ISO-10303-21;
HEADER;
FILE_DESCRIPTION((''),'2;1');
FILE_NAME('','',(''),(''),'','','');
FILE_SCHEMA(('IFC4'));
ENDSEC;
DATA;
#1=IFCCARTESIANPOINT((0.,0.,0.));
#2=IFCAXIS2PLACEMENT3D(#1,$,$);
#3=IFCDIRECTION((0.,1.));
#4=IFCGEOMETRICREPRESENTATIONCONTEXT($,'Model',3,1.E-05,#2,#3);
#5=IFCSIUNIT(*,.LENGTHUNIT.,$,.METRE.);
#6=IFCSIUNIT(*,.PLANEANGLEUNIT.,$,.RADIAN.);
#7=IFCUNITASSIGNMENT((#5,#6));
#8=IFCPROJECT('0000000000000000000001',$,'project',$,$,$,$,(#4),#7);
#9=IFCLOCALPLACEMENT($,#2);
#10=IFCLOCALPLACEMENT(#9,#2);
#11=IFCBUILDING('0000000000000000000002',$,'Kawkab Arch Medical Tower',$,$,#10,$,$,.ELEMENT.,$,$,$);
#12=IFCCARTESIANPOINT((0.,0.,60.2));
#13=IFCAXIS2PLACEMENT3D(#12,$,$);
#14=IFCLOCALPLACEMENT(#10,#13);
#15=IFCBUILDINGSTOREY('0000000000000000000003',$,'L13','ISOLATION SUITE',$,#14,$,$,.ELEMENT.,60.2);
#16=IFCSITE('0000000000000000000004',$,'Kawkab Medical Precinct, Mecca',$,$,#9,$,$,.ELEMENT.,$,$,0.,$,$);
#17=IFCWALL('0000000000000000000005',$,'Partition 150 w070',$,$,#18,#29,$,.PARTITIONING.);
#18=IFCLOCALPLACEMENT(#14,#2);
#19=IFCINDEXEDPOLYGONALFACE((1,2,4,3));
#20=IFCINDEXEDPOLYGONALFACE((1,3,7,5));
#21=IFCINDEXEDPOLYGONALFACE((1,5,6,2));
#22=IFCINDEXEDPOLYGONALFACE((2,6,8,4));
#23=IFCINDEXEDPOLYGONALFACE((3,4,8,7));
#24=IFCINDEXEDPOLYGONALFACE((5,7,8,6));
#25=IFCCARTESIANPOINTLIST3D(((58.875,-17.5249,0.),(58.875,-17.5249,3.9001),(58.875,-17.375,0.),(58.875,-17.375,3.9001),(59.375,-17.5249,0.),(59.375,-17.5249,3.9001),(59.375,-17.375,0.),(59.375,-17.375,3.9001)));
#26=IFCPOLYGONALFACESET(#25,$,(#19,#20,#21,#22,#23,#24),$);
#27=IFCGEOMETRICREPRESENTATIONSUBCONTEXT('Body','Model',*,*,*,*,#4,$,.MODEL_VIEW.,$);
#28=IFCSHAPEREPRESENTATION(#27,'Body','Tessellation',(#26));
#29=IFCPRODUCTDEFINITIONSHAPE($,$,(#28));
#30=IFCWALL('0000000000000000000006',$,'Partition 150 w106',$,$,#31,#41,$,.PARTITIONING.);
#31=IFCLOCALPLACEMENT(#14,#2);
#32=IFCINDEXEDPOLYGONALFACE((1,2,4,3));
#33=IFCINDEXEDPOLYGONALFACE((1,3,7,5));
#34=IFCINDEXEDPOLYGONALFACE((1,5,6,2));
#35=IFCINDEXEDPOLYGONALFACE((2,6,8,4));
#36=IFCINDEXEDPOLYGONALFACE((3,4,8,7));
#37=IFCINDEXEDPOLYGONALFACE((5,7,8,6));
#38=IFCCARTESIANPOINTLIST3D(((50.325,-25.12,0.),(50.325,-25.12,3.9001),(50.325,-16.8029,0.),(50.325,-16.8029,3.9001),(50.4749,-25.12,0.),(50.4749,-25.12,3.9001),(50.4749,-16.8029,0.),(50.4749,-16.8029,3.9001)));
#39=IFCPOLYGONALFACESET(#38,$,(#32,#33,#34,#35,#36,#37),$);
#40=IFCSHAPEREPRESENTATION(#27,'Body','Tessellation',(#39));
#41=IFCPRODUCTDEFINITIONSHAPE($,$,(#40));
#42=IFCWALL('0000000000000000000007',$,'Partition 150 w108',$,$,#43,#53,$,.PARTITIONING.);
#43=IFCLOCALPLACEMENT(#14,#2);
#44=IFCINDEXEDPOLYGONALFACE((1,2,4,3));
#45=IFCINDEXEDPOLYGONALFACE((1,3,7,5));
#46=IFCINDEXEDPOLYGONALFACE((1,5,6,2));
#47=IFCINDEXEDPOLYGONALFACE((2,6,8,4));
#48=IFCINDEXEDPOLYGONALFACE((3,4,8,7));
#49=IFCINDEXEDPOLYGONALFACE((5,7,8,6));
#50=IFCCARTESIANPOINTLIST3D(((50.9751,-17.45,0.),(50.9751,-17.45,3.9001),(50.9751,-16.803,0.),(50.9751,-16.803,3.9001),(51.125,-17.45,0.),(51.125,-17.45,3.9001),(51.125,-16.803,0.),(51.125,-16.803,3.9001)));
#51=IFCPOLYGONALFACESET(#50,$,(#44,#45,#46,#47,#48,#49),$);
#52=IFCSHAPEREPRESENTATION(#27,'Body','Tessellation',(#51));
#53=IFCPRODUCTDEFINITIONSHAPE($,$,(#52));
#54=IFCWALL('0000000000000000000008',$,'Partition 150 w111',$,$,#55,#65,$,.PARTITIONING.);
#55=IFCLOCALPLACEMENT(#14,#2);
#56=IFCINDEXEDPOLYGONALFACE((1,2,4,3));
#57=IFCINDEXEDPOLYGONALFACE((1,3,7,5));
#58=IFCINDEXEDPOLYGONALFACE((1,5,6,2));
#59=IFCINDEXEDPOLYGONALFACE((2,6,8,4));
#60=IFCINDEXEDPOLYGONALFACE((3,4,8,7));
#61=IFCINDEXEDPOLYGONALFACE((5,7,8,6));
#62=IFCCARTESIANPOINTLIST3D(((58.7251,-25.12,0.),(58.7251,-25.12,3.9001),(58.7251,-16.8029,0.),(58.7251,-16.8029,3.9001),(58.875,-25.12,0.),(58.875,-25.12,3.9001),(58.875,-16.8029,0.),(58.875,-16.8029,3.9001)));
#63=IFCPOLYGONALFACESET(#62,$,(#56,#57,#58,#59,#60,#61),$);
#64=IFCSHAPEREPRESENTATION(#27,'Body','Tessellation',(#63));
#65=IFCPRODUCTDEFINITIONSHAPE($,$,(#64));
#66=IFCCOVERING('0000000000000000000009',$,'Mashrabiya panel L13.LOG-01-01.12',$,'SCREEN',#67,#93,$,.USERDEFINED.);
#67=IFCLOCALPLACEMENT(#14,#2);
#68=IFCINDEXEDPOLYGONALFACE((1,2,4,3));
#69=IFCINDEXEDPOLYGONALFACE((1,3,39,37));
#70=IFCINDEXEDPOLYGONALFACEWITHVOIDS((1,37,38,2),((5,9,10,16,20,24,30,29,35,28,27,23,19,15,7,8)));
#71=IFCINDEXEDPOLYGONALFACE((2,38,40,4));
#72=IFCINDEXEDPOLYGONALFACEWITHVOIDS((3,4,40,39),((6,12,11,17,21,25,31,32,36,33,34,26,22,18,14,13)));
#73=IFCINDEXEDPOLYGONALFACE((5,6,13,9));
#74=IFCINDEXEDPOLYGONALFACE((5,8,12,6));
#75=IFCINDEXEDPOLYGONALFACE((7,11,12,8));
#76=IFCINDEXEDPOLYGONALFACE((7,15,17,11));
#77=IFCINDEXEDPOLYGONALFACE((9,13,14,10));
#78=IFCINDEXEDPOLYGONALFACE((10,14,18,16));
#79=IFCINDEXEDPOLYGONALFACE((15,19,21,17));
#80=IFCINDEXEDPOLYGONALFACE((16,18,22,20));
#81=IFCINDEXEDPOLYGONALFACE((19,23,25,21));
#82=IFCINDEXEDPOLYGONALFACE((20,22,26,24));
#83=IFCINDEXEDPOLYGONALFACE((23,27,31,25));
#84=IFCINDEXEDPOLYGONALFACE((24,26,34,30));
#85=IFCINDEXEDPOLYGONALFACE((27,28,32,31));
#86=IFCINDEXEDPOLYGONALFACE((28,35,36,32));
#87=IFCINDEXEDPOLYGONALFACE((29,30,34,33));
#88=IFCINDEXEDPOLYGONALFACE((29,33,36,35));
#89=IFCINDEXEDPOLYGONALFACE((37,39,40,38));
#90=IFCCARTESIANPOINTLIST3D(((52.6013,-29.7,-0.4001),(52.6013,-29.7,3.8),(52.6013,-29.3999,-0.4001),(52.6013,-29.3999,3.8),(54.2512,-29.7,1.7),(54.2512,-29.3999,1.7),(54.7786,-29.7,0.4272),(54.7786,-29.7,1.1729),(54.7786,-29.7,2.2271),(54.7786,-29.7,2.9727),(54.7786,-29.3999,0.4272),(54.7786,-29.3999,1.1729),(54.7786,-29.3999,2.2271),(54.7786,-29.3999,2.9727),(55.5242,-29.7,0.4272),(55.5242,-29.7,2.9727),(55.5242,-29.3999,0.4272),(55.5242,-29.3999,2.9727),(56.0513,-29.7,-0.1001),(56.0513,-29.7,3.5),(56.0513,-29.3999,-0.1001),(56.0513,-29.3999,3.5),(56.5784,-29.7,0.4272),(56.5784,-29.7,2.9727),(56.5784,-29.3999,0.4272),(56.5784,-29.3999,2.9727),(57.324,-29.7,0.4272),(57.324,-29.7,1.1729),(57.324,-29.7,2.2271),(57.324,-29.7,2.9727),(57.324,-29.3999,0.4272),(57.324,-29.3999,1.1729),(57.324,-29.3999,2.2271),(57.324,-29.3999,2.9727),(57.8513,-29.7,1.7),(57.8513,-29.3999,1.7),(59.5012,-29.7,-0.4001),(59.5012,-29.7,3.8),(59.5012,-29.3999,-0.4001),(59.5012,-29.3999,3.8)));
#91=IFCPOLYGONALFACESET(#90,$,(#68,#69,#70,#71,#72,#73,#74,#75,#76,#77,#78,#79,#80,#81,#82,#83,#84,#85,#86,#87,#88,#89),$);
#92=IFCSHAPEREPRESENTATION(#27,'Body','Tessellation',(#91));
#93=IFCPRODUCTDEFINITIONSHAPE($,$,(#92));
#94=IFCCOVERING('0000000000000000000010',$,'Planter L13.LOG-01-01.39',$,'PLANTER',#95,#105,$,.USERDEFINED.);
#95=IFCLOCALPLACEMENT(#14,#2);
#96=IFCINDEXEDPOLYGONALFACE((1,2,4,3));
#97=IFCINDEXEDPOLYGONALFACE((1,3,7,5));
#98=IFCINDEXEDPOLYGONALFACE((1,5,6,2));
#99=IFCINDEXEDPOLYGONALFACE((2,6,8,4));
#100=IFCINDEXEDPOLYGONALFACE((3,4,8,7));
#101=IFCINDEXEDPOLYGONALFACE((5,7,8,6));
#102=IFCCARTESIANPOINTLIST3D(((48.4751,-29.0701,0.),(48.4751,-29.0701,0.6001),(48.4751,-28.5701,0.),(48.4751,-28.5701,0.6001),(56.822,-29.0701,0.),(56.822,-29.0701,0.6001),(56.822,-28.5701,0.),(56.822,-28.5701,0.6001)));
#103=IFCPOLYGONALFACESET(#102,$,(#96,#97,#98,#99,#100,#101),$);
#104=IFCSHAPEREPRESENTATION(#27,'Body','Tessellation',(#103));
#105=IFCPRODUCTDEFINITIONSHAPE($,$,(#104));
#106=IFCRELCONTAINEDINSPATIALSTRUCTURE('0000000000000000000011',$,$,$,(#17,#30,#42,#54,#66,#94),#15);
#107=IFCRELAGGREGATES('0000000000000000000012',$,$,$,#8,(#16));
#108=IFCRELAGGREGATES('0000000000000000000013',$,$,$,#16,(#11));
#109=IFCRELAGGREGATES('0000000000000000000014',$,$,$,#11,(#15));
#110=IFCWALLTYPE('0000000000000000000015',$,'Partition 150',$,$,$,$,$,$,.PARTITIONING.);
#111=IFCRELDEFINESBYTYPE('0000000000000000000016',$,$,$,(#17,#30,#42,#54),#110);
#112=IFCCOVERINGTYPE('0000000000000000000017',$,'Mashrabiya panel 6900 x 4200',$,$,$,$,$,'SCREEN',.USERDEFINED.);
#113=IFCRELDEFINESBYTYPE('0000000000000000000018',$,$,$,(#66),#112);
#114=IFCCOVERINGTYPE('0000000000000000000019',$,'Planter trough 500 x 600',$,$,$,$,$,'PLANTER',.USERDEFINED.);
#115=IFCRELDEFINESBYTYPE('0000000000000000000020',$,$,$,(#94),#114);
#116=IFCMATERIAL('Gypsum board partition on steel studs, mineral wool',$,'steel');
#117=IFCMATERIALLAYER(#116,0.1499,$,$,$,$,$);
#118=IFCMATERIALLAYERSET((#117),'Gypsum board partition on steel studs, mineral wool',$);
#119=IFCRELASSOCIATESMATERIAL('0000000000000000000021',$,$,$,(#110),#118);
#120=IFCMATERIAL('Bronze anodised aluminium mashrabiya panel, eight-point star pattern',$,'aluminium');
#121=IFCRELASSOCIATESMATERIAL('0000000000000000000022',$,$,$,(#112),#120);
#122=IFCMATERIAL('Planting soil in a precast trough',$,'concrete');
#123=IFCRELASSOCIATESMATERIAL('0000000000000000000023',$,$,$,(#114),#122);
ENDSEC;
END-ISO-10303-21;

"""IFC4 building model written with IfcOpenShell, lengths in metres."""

from ifc_helpers import new_model, si_unit, direction, frame, frame_2d, origin, origin_2d, place, context, subcontext, project, spatial, polyline, rectangle, outline, extrude, material, layer, layer_set, material_profile, profile_set, type_object, element, save


model = new_model("IFC4")

# Units and contexts
model_context = context("Model", 3, precision=1e-05, world=origin(), true_north=direction((0.0, 1.0)))
body_context = subcontext(model_context, "Body", "Model", "MODEL_VIEW")
ifc_project = project(units=[si_unit("LENGTHUNIT", "METRE"), si_unit("PLANEANGLEUNIT", "RADIAN")], contexts=[model_context])

# Site, building, storey
site_placement = place(None, origin())
site = spatial("IfcSite", under=ifc_project, at=site_placement, Name="Kawkab Medical Precinct, Mecca", CompositionType="ELEMENT", RefElevation=0.0)
building_placement = place(site_placement, origin())
building = spatial("IfcBuilding", under=site, at=building_placement, Name="Kawkab Arch Medical Tower", CompositionType="ELEMENT")
storey_placement = place(building_placement, frame((0.0, 0.0, 60.2)))
storey = spatial("IfcBuildingStorey", under=building, at=storey_placement, Name="L13", Description="ISOLATION SUITE", CompositionType="ELEMENT", Elevation=60.2)

# Walls
ifc_material_1 = material(Name="Gypsum board partition on steel studs, mineral wool", Category="steel")
ifc_layer_1 = layer(ifc_material_1, 0.1499)
ifc_layer_set_1 = layer_set([ifc_layer_1], Name="Gypsum board partition on steel studs, mineral wool")
wall_type_1 = type_object("IfcWallType", Name="Partition 150", PredefinedType="PARTITIONING", material=ifc_layer_set_1)
for number, where, z_axis, x_axis, name in (
    (1, (58.875, -17.45, 0.0), (0.0, 0.0, 1.0), (1.0, 0.0, 0.0), "Partition 150 w070"),
):
    element("IfcWall", number, at=place(storey_placement, frame(where, z_axis=z_axis, x_axis=x_axis)), inside=storey, type_object=wall_type_1, Name=name, PredefinedType="PARTITIONING", context=body_context, shape_type="SweptSolid", body=[
        extrude(rectangle(XDim=0.5, YDim=0.1499, at=frame_2d((0.25, 0.0))), origin(), (0.0, 0.0, 1.0), 3.9001),
    ])
wall_1_placement = place(storey_placement, frame((50.3999, -25.1201, 0.0), z_axis=(0.0, 0.0, 1.0), x_axis=(0.0, 1.0, 0.0)))
element("IfcWall", 2, at=wall_1_placement, inside=storey, type_object=wall_type_1, Name="Partition 150 w106", PredefinedType="PARTITIONING", context=body_context, shape_type="SweptSolid", body=[
    extrude(rectangle(XDim=8.3171, YDim=0.1499, at=frame_2d((4.1587, 0.0))), origin(), (0.0, 0.0, 1.0), 3.9001),
])
wall_2_placement = place(storey_placement, frame((51.05, -17.45, 0.0), z_axis=(0.0, 0.0, 1.0), x_axis=(0.0, 1.0, 0.0)))
element("IfcWall", 3, at=wall_2_placement, inside=storey, type_object=wall_type_1, Name="Partition 150 w108", PredefinedType="PARTITIONING", context=body_context, shape_type="SweptSolid", body=[
    extrude(rectangle(XDim=0.647, YDim=0.1499, at=frame_2d((0.3235, 0.0))), origin(), (0.0, 0.0, 1.0), 3.9001),
])
wall_3_placement = place(storey_placement, frame((58.8, -25.1201, 0.0), z_axis=(0.0, 0.0, 1.0), x_axis=(0.0, 1.0, 0.0)))
element("IfcWall", 4, at=wall_3_placement, inside=storey, type_object=wall_type_1, Name="Partition 150 w111", PredefinedType="PARTITIONING", context=body_context, shape_type="SweptSolid", body=[
    extrude(rectangle(XDim=8.3171, YDim=0.1499, at=frame_2d((4.1587, 0.0))), origin(), (0.0, 0.0, 1.0), 3.9001),
])

# Coverings
ifc_material_2 = material(Name="Bronze anodised aluminium mashrabiya panel, eight-point star pattern", Category="aluminium")
ifc_material_profile_1 = material_profile(ifc_material_2, outline(polyline([(-3.45, -2.1001), (3.45, -2.1001), (3.45, 2.1001), (-3.45, 2.1001), (-3.45, -2.1001)]), holes=[polyline([(1.8, 0.0), (1.2727, 0.5271), (1.2727, 1.2727), (0.5271, 1.2727), (0.0, 1.8), (-0.5271, 1.2727), (-1.2727, 1.2727), (-1.2727, 0.5271), (-1.8, 0.0), (-1.2727, -0.5271), (-1.2727, -1.2727), (-0.5271, -1.2727), (0.0, -1.8), (0.5271, -1.2727), (1.2727, -1.2727), (1.2727, -0.5271), (1.8, 0.0)])]), Name="Mashrabiya panel 6900x4200")
ifc_profile_set_1 = profile_set([ifc_material_profile_1], Name="Bronze anodised aluminium mashrabiya panel, eight-point star pattern")
covering_type_1 = type_object("IfcCoveringType", Name="Mashrabiya panel 6900 x 4200", ElementType="SCREEN", PredefinedType="USERDEFINED", material=ifc_profile_set_1)
covering_1_placement = place(storey_placement, frame((56.0513, -29.3999, 1.7), z_axis=(0.0, -1.0, 0.0), x_axis=(1.0, 0.0, 0.0)))
element("IfcCovering", 5, at=covering_1_placement, inside=storey, type_object=covering_type_1, Name="Mashrabiya panel L13.LOG-01-01.12", ObjectType="SCREEN", PredefinedType="USERDEFINED", context=body_context, shape_type="SweptSolid", body=[
    extrude(outline(polyline([(-3.45, -2.1001), (3.45, -2.1001), (3.45, 2.1001), (-3.45, 2.1001), (-3.45, -2.1001)]), holes=[polyline([(1.8, 0.0), (1.2727, 0.5271), (1.2727, 1.2727), (0.5271, 1.2727), (0.0, 1.8), (-0.5271, 1.2727), (-1.2727, 1.2727), (-1.2727, 0.5271), (-1.8, 0.0), (-1.2727, -0.5271), (-1.2727, -1.2727), (-0.5271, -1.2727), (0.0, -1.8), (0.5271, -1.2727), (1.2727, -1.2727), (1.2727, -0.5271), (1.8, 0.0)])]), origin(), (0.0, 0.0, 1.0), 0.3),
])
ifc_material_3 = material(Name="Planting soil in a precast trough", Category="concrete")
ifc_material_profile_2 = material_profile(ifc_material_3, rectangle(XDim=0.5, YDim=0.6001, at=origin_2d()), Name="Trough 500x600")
ifc_profile_set_2 = profile_set([ifc_material_profile_2], Name="Planting soil in a precast trough")
covering_type_2 = type_object("IfcCoveringType", Name="Planter trough 500 x 600", ElementType="PLANTER", PredefinedType="USERDEFINED", material=ifc_profile_set_2)
covering_2_placement = place(storey_placement, frame((56.822, -28.8201, 0.3), z_axis=(-1.0, 0.0, 0.0), x_axis=(0.0, -1.0, 0.0)))
element("IfcCovering", 6, at=covering_2_placement, inside=storey, type_object=covering_type_2, Name="Planter L13.LOG-01-01.39", ObjectType="PLANTER", PredefinedType="USERDEFINED", context=body_context, shape_type="SweptSolid", body=[
    extrude(rectangle(XDim=0.5, YDim=0.6001, at=origin_2d()), origin(), (0.0, 0.0, 1.0), 8.3469),
])

save(model, "model.ifc")
